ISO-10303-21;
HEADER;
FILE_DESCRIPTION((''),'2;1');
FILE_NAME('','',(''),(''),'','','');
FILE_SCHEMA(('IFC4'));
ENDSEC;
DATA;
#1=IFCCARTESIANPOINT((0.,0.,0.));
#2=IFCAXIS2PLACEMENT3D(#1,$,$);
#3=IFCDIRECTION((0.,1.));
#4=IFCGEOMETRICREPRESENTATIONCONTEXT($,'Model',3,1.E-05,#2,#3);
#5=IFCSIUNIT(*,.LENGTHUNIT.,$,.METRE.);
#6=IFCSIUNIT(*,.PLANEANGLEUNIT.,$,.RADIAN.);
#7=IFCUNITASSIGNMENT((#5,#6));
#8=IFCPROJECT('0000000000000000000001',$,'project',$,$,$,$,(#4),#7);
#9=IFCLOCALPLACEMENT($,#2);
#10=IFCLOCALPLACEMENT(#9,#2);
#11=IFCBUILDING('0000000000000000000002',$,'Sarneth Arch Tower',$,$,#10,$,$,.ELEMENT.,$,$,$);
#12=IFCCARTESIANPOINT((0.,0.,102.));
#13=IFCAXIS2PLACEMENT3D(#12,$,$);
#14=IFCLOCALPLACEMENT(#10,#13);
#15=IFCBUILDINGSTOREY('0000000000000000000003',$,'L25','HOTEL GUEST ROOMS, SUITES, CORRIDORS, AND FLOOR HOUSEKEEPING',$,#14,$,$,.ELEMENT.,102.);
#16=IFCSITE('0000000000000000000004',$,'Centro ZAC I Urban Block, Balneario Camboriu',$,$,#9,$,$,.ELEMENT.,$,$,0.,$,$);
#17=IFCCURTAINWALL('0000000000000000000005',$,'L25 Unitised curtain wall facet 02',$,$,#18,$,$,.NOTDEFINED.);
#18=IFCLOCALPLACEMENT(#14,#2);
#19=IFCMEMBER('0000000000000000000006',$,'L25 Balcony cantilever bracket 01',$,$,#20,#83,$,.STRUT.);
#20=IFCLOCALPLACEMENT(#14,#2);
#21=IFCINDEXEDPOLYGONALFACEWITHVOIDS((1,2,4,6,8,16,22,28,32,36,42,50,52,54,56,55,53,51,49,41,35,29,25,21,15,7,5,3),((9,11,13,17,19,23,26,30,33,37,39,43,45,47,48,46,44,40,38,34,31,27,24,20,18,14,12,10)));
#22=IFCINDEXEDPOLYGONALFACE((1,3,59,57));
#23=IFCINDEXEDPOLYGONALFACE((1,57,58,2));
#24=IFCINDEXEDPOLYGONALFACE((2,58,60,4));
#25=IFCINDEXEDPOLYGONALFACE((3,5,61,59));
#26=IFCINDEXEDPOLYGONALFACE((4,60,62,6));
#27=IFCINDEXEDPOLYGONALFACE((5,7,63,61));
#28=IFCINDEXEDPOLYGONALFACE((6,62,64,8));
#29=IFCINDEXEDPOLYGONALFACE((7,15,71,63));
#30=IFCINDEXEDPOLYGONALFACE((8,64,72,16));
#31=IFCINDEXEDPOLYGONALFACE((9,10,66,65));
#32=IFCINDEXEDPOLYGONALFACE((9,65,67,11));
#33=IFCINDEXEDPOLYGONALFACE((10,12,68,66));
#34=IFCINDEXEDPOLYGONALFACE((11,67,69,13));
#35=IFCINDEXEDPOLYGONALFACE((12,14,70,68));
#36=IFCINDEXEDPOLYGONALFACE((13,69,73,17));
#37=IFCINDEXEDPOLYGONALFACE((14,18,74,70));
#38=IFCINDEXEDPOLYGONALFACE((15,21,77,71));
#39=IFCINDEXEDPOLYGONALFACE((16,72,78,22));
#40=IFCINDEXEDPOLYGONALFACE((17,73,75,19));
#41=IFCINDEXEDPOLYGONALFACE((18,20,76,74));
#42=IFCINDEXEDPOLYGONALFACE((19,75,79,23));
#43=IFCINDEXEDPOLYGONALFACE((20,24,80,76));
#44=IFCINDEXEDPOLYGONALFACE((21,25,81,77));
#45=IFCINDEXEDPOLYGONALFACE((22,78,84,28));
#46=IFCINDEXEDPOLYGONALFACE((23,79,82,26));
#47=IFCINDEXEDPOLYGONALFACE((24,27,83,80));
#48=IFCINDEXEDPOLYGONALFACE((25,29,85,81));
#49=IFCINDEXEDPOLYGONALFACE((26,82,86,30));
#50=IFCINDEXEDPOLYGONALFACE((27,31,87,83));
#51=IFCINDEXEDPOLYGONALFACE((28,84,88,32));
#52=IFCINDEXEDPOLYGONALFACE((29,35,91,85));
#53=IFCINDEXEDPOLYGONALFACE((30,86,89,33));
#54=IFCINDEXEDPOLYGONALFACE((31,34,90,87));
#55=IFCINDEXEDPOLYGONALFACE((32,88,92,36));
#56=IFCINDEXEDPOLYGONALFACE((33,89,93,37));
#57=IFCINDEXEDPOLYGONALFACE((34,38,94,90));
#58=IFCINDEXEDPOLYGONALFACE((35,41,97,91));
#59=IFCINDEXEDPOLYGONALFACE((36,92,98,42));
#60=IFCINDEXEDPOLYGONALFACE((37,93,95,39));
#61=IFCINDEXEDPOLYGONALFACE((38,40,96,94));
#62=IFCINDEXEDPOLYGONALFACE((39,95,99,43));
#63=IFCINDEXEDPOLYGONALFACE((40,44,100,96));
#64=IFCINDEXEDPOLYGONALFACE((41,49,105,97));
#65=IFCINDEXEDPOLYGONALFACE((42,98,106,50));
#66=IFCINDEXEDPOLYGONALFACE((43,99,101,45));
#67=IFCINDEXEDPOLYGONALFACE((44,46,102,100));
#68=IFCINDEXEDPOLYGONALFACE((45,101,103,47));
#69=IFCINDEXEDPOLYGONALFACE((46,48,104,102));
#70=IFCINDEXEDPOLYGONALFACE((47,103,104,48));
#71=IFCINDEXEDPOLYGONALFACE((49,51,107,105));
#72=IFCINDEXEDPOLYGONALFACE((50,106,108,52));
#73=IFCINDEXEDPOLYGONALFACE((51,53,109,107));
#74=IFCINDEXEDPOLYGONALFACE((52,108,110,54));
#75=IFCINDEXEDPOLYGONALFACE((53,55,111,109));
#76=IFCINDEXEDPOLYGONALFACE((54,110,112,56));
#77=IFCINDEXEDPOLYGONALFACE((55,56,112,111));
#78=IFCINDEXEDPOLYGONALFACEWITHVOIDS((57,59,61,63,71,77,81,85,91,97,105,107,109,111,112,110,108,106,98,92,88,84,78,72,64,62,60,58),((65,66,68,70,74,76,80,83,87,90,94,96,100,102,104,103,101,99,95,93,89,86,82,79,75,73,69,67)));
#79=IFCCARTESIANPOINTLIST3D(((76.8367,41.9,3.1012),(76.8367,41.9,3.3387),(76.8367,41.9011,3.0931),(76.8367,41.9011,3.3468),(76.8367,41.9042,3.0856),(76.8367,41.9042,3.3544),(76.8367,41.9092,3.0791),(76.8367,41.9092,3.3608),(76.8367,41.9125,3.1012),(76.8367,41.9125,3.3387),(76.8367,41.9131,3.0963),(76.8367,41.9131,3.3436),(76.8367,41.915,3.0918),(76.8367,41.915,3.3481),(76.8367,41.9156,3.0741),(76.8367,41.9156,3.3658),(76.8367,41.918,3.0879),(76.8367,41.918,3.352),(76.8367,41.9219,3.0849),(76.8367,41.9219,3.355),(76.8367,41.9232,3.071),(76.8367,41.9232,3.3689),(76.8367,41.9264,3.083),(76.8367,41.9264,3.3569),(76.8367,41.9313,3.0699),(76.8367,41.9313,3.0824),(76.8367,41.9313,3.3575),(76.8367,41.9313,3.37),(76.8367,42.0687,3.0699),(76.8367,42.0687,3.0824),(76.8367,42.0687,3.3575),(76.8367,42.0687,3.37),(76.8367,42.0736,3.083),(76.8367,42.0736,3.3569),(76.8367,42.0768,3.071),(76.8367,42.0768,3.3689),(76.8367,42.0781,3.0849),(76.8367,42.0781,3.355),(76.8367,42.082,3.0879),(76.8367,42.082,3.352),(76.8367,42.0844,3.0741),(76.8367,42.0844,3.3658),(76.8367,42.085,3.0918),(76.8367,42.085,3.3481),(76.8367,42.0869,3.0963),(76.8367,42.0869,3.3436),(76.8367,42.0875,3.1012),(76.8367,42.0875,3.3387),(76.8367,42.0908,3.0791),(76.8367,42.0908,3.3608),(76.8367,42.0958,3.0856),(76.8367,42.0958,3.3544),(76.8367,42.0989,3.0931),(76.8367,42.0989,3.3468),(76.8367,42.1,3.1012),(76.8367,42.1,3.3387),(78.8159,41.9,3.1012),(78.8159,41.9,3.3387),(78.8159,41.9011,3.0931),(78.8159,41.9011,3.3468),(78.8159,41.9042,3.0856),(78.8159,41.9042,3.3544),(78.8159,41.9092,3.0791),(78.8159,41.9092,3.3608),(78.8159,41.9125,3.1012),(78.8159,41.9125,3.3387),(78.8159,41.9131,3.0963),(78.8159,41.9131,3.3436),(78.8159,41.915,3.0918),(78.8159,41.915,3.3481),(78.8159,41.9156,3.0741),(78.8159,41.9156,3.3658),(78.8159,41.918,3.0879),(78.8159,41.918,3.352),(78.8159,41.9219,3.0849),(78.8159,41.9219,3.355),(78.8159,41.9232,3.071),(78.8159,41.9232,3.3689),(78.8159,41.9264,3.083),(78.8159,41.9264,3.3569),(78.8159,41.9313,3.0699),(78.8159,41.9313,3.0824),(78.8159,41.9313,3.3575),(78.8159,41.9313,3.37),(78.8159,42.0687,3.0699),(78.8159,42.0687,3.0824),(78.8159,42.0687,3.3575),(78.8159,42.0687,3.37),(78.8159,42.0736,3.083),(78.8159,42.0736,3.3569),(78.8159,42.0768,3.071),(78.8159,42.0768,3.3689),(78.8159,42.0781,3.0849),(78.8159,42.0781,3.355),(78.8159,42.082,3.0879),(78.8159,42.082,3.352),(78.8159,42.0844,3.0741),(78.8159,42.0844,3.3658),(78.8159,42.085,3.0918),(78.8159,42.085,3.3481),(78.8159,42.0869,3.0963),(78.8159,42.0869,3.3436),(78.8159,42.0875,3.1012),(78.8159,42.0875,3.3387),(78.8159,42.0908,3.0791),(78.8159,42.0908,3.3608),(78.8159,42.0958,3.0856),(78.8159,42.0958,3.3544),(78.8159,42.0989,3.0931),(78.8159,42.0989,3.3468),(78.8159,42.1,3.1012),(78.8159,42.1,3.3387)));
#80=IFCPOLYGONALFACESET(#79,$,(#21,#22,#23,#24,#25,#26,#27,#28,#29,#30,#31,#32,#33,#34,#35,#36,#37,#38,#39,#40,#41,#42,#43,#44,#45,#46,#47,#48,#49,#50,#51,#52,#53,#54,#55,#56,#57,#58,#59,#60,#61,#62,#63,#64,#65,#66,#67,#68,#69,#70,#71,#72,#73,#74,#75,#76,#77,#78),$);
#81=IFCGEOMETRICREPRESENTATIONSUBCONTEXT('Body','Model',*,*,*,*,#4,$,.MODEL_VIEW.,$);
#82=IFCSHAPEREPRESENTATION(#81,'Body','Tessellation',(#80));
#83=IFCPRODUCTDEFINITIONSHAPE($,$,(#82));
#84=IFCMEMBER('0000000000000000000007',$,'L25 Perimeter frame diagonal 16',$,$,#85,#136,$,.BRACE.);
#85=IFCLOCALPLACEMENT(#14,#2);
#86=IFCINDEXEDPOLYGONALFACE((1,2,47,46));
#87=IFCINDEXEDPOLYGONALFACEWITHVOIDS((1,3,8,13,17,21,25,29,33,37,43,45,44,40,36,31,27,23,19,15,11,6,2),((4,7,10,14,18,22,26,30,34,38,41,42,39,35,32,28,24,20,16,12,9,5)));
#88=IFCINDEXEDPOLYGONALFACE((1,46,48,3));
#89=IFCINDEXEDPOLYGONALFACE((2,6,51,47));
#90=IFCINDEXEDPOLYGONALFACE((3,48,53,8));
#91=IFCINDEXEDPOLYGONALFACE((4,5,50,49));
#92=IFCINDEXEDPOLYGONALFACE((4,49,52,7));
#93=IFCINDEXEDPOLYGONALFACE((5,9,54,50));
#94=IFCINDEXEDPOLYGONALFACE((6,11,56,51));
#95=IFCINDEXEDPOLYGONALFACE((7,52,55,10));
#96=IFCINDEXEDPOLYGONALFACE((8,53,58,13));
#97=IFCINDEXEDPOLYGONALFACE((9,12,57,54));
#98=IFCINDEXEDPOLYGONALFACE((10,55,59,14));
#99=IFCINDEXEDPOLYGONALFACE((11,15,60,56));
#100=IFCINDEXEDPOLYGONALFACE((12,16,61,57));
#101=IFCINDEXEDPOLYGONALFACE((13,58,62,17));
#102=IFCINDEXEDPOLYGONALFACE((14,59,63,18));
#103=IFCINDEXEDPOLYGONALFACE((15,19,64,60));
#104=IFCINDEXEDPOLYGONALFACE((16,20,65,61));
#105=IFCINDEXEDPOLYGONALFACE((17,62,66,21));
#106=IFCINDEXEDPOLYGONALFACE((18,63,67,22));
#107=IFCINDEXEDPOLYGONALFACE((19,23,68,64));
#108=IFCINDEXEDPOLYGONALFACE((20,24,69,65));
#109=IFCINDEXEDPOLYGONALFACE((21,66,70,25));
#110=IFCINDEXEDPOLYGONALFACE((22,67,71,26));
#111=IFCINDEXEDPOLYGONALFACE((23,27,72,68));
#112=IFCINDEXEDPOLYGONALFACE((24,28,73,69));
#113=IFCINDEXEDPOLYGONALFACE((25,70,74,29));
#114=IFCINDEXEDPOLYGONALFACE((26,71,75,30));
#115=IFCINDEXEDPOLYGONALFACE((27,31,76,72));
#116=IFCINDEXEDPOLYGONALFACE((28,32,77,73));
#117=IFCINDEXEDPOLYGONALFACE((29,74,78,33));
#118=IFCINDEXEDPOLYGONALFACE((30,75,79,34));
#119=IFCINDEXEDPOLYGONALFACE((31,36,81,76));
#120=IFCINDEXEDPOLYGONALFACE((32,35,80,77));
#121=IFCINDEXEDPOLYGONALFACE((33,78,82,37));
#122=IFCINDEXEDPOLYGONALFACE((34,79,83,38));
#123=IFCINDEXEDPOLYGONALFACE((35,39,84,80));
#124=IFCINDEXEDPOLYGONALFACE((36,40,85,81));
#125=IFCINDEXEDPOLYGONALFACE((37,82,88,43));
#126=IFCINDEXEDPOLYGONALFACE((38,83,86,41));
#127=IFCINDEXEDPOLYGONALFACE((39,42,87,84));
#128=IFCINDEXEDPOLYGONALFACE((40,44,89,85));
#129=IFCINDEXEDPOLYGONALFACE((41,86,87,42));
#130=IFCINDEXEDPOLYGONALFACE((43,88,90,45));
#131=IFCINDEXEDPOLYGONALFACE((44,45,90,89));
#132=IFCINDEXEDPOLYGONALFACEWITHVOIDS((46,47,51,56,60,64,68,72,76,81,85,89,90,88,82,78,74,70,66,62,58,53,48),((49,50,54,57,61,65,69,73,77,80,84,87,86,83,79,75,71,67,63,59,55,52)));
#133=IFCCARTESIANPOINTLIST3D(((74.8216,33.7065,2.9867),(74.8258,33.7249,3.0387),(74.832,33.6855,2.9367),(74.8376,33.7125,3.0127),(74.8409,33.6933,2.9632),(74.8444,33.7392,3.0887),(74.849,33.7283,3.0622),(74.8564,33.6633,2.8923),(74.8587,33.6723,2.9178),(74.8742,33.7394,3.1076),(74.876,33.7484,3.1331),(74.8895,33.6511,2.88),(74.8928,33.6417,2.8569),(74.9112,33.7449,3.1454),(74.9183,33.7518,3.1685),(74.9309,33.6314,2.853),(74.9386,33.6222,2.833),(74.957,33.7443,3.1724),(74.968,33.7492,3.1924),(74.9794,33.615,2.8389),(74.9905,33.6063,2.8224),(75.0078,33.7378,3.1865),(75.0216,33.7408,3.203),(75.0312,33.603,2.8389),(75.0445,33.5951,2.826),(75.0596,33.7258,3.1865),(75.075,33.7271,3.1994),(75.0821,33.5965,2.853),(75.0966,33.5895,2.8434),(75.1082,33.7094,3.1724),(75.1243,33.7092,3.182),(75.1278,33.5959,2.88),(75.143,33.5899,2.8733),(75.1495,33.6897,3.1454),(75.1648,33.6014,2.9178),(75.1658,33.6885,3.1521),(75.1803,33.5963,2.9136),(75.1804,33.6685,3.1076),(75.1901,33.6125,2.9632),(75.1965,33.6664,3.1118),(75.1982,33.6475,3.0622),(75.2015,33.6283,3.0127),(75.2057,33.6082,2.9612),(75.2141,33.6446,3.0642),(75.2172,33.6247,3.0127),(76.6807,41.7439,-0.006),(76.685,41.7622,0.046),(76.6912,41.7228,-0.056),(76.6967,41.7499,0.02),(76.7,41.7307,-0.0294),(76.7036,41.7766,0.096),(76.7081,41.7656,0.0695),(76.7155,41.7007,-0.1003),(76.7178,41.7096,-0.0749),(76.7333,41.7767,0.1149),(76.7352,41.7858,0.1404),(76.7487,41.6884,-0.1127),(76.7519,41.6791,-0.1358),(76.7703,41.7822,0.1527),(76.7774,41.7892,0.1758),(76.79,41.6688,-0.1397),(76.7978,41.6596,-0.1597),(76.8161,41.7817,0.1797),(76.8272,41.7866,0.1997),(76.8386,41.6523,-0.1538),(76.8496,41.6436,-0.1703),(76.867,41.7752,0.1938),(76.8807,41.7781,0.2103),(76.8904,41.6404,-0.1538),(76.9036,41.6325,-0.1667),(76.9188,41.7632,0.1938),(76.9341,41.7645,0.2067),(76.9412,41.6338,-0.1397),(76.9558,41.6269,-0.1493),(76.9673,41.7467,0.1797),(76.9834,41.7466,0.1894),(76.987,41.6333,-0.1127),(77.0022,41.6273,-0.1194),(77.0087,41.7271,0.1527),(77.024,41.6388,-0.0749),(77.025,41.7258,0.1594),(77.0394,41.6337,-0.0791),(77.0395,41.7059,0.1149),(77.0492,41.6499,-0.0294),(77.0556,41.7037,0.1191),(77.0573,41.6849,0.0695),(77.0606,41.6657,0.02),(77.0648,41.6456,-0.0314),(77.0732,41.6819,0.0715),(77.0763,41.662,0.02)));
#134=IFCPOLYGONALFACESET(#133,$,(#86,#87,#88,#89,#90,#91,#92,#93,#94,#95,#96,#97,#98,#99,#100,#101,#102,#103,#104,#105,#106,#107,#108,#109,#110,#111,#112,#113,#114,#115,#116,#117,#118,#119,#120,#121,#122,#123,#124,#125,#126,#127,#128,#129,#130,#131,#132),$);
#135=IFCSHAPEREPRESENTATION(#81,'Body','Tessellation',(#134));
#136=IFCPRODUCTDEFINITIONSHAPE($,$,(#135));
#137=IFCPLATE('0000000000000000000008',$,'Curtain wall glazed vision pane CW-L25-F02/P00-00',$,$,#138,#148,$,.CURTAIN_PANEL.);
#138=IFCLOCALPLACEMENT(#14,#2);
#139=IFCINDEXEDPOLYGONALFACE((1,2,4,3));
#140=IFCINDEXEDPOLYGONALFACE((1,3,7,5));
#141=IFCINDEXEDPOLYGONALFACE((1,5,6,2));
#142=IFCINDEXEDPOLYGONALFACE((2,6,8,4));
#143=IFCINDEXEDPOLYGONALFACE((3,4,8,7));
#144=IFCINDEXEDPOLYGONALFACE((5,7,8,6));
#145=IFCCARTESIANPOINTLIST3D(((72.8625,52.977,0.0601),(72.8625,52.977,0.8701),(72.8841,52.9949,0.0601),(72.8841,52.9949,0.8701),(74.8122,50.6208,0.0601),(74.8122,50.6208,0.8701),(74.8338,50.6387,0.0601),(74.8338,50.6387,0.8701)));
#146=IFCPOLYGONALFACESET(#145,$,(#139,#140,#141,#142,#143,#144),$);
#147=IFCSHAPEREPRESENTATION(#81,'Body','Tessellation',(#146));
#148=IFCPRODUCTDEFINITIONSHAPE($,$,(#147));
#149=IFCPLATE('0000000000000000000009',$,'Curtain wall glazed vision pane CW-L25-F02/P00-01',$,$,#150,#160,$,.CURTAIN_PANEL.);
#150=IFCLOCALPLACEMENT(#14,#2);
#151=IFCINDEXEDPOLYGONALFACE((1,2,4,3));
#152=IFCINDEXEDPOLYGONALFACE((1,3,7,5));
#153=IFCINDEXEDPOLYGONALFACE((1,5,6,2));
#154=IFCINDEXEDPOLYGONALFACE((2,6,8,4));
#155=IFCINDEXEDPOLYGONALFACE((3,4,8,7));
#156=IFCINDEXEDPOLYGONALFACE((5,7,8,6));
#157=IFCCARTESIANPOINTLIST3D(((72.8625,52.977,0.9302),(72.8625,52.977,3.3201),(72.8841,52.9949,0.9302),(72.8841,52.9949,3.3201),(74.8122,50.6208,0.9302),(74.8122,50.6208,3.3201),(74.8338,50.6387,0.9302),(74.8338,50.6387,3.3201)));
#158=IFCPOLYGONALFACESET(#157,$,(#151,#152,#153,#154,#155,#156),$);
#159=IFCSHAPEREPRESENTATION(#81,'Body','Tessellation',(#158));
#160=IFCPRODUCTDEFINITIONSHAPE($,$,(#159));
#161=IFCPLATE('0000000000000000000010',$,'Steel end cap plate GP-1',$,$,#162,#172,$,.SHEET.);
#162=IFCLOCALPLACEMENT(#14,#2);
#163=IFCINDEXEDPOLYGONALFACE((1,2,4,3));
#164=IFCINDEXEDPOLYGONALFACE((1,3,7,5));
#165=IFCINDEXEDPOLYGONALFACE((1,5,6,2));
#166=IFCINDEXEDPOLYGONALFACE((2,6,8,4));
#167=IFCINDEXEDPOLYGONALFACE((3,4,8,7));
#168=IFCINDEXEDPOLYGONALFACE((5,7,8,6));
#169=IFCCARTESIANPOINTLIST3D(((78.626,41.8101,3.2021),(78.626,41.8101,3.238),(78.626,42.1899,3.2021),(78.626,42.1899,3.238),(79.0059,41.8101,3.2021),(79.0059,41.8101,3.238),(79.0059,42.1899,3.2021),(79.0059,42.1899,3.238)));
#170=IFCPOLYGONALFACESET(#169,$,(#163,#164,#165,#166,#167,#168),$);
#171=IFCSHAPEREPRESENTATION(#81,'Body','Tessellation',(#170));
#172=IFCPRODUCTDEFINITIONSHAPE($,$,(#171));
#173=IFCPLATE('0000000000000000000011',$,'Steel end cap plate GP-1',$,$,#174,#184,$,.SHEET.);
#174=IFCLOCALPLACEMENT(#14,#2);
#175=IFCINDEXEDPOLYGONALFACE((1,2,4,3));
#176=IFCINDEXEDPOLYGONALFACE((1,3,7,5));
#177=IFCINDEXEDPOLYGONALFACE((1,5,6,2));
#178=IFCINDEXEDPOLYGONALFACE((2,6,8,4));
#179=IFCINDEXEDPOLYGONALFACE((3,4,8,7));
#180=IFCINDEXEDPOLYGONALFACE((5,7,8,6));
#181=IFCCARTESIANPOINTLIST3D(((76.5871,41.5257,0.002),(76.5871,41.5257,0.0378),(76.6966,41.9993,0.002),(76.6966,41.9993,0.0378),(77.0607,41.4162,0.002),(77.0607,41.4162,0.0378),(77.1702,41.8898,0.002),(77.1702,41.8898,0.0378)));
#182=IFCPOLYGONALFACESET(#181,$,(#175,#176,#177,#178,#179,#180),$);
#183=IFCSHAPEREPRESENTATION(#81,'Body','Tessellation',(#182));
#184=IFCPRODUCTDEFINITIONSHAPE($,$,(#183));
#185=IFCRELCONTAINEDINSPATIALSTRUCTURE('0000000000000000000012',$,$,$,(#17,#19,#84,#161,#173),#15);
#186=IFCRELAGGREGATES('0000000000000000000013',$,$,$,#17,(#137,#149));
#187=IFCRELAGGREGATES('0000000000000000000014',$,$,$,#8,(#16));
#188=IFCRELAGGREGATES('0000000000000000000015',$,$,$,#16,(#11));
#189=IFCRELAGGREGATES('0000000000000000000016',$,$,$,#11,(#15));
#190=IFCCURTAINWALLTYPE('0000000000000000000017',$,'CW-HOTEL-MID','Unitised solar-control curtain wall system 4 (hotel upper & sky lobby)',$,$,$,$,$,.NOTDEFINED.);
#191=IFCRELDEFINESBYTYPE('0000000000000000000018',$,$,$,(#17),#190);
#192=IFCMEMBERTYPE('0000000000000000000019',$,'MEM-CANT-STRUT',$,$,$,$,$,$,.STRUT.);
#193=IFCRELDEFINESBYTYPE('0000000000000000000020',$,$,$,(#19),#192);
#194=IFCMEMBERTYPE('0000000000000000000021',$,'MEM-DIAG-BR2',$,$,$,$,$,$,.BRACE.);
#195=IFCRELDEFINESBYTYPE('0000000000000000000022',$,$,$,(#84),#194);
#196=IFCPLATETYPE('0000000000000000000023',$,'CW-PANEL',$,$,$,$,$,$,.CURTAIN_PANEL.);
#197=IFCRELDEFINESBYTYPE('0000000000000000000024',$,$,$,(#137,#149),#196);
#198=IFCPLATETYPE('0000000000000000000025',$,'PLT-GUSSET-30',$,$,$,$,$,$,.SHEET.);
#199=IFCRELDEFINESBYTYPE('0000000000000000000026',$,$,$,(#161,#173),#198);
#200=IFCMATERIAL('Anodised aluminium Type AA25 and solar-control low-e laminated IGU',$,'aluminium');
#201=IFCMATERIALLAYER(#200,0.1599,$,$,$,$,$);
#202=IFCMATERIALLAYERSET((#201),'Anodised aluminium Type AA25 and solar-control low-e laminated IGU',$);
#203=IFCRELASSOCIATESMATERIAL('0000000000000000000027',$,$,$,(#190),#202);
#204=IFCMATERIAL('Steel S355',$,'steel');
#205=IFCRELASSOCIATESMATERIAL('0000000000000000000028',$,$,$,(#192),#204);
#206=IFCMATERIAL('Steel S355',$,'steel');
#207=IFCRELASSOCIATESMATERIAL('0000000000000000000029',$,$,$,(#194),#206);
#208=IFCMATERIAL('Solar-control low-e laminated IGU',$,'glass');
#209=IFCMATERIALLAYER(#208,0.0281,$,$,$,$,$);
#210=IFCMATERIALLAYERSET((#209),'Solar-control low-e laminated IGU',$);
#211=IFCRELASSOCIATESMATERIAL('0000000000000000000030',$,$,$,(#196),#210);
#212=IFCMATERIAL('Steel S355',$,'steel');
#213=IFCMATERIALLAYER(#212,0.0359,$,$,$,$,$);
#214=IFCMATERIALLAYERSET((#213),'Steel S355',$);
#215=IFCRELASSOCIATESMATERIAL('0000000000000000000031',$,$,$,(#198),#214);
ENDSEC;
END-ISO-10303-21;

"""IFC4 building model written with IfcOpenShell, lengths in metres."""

from ifc_helpers import new_model, si_unit, direction, frame, origin, origin_2d, place, context, subcontext, project, spatial, rectangle, hollow_rectangle, hollow_circle, extrude, material, layer, layer_set, material_profile, profile_set, type_object, element, aggregate, save


model = new_model("IFC4")

# Units and contexts
model_context = context("Model", 3, precision=1e-05, world=origin(), true_north=direction((0.0, 1.0)))
body_context = subcontext(model_context, "Body", "Model", "MODEL_VIEW")
ifc_project = project(units=[si_unit("LENGTHUNIT", "METRE"), si_unit("PLANEANGLEUNIT", "RADIAN")], contexts=[model_context])

# Site, building, storey
site_placement = place(None, origin())
site = spatial("IfcSite", under=ifc_project, at=site_placement, Name="Centro ZAC I Urban Block, Balneario Camboriu", CompositionType="ELEMENT", RefElevation=0.0)
building_placement = place(site_placement, origin())
building = spatial("IfcBuilding", under=site, at=building_placement, Name="Sarneth Arch Tower", CompositionType="ELEMENT")
storey_placement = place(building_placement, frame((0.0, 0.0, 102.0)))
storey = spatial("IfcBuildingStorey", under=building, at=storey_placement, Name="L25", Description="HOTEL GUEST ROOMS, SUITES, CORRIDORS, AND FLOOR HOUSEKEEPING", CompositionType="ELEMENT", Elevation=102.0)

# Curtain wall
ifc_material_1 = material(Name="Anodised aluminium Type AA25 and solar-control low-e laminated IGU", Category="aluminium")
ifc_layer_1 = layer(ifc_material_1, 0.1599)
ifc_layer_set_1 = layer_set([ifc_layer_1], Name="Anodised aluminium Type AA25 and solar-control low-e laminated IGU")
curtain_wall_type = type_object("IfcCurtainWallType", Name="CW-HOTEL-MID", Description="Unitised solar-control curtain wall system 4 (hotel upper & sky lobby)", PredefinedType="NOTDEFINED", material=ifc_layer_set_1)
curtain_wall_placement = place(storey_placement, origin())
curtain_wall = element("IfcCurtainWall", 1, at=curtain_wall_placement, inside=storey, type_object=curtain_wall_type, Name="L25 Unitised curtain wall facet 02", PredefinedType="NOTDEFINED")

# Members
ifc_material_2 = material(Name="Steel S355", Category="steel")
ifc_material_profile_1 = material_profile(ifc_material_2, hollow_rectangle(XDim=0.2, YDim=0.3, WallThickness=0.0125, InnerFilletRadius=0.0188, OuterFilletRadius=0.0312, at=origin_2d()), Name="RHS300x200x12.5")
ifc_profile_set_1 = profile_set([ifc_material_profile_1], Name="Steel S355")
member_type_1 = type_object("IfcMemberType", Name="MEM-CANT-STRUT", PredefinedType="STRUT", material=ifc_profile_set_1)
member_1_placement = place(storey_placement, frame((76.8367, 42.0, 3.22), z_axis=(1.0, 0.0, 0.0), x_axis=(0.0, 1.0, 0.0)))
element("IfcMember", 2, at=member_1_placement, inside=storey, type_object=member_type_1, Name="L25 Balcony cantilever bracket 01", PredefinedType="STRUT", context=body_context, shape_type="SweptSolid", body=[
    extrude(hollow_rectangle(XDim=0.2, YDim=0.3, WallThickness=0.0125, InnerFilletRadius=0.0188, OuterFilletRadius=0.0312, at=origin_2d()), origin(), (0.0, 0.0, 1.0), 1.9792),
])
ifc_material_3 = material(Name="Steel S355", Category="steel")
ifc_material_profile_2 = material_profile(ifc_material_3, hollow_circle(Radius=0.2029, WallThickness=0.0161, at=origin_2d()), Name="CHS406x16")
ifc_profile_set_2 = profile_set([ifc_material_profile_2], Name="Steel S355")
member_type_2 = type_object("IfcMemberType", Name="MEM-DIAG-BR2", PredefinedType="BRACE", material=ifc_profile_set_2)
member_2_placement = place(storey_placement, frame((76.8787, 41.7078, 0.02), z_axis=(-0.211852, -0.915873, 0.341022), x_axis=(0.974275, -0.225361, 0.0)))
element("IfcMember", 3, at=member_2_placement, inside=storey, type_object=member_type_2, Name="L25 Perimeter frame diagonal 16", PredefinedType="BRACE", context=body_context, shape_type="SweptSolid", body=[
    extrude(hollow_circle(Radius=0.2029, WallThickness=0.0161, at=origin_2d()), origin(), (0.0, 0.0, 1.0), 8.7756),
])

# Plates
ifc_material_4 = material(Name="Solar-control low-e laminated IGU", Category="glass")
ifc_layer_2 = layer(ifc_material_4, 0.0281)
ifc_layer_set_2 = layer_set([ifc_layer_2], Name="Solar-control low-e laminated IGU")
plate_type_1 = type_object("IfcPlateType", Name="CW-PANEL", PredefinedType="CURTAIN_PANEL", material=ifc_layer_set_2)
plate_1_placement = place(storey_placement, frame((73.8481, 51.8079, 0.0601), z_axis=(0.0, 0.0, 1.0), x_axis=(-0.637515, 0.770438, 0.0)))
plate_1 = element("IfcPlate", 4, at=plate_1_placement, type_object=plate_type_1, Name="Curtain wall glazed vision pane CW-L25-F02/P00-00", PredefinedType="CURTAIN_PANEL", context=body_context, shape_type="SweptSolid", body=[
    extrude(rectangle(XDim=3.0583, YDim=0.0281, at=origin_2d()), origin(), (0.0, 0.0, 1.0), 0.8101),
])
plate_2_placement = place(storey_placement, frame((73.8481, 51.8079, 0.9302), z_axis=(0.0, 0.0, 1.0), x_axis=(-0.637515, 0.770438, 0.0)))
plate_2 = element("IfcPlate", 5, at=plate_2_placement, type_object=plate_type_1, Name="Curtain wall glazed vision pane CW-L25-F02/P00-01", PredefinedType="CURTAIN_PANEL", context=body_context, shape_type="SweptSolid", body=[
    extrude(rectangle(XDim=3.0583, YDim=0.0281, at=origin_2d()), origin(), (0.0, 0.0, 1.0), 2.3899),
])
aggregate(curtain_wall, [plate_1, plate_2])

# Plates
ifc_material_5 = material(Name="Steel S355", Category="steel")
ifc_layer_3 = layer(ifc_material_5, 0.0359)
ifc_layer_set_3 = layer_set([ifc_layer_3], Name="Steel S355")
plate_type_2 = type_object("IfcPlateType", Name="PLT-GUSSET-30", PredefinedType="SHEET", material=ifc_layer_set_3)
plate_3_placement = place(storey_placement, frame((78.8159, 42.0, 3.2021), z_axis=(0.0, 0.0, 1.0), x_axis=(1.0, 0.0, 0.0)))
element("IfcPlate", 6, at=plate_3_placement, inside=storey, type_object=plate_type_2, Name="Steel end cap plate GP-1", PredefinedType="SHEET", context=body_context, shape_type="SweptSolid", body=[
    extrude(rectangle(XDim=0.3799, YDim=0.3799, at=origin_2d()), origin(), (0.0, 0.0, 1.0), 0.0359),
])
plate_4_placement = place(storey_placement, frame((76.8787, 41.7078, 0.002), z_axis=(0.0, 0.0, 1.0), x_axis=(0.225291, 0.974291, 0.0)))
element("IfcPlate", 7, at=plate_4_placement, inside=storey, type_object=plate_type_2, Name="Steel end cap plate GP-1", PredefinedType="SHEET", context=body_context, shape_type="SweptSolid", body=[
    extrude(rectangle(XDim=0.4861, YDim=0.4861, at=origin_2d()), origin(), (0.0, 0.0, 1.0), 0.0359),
])

save(model, "model.ifc")
